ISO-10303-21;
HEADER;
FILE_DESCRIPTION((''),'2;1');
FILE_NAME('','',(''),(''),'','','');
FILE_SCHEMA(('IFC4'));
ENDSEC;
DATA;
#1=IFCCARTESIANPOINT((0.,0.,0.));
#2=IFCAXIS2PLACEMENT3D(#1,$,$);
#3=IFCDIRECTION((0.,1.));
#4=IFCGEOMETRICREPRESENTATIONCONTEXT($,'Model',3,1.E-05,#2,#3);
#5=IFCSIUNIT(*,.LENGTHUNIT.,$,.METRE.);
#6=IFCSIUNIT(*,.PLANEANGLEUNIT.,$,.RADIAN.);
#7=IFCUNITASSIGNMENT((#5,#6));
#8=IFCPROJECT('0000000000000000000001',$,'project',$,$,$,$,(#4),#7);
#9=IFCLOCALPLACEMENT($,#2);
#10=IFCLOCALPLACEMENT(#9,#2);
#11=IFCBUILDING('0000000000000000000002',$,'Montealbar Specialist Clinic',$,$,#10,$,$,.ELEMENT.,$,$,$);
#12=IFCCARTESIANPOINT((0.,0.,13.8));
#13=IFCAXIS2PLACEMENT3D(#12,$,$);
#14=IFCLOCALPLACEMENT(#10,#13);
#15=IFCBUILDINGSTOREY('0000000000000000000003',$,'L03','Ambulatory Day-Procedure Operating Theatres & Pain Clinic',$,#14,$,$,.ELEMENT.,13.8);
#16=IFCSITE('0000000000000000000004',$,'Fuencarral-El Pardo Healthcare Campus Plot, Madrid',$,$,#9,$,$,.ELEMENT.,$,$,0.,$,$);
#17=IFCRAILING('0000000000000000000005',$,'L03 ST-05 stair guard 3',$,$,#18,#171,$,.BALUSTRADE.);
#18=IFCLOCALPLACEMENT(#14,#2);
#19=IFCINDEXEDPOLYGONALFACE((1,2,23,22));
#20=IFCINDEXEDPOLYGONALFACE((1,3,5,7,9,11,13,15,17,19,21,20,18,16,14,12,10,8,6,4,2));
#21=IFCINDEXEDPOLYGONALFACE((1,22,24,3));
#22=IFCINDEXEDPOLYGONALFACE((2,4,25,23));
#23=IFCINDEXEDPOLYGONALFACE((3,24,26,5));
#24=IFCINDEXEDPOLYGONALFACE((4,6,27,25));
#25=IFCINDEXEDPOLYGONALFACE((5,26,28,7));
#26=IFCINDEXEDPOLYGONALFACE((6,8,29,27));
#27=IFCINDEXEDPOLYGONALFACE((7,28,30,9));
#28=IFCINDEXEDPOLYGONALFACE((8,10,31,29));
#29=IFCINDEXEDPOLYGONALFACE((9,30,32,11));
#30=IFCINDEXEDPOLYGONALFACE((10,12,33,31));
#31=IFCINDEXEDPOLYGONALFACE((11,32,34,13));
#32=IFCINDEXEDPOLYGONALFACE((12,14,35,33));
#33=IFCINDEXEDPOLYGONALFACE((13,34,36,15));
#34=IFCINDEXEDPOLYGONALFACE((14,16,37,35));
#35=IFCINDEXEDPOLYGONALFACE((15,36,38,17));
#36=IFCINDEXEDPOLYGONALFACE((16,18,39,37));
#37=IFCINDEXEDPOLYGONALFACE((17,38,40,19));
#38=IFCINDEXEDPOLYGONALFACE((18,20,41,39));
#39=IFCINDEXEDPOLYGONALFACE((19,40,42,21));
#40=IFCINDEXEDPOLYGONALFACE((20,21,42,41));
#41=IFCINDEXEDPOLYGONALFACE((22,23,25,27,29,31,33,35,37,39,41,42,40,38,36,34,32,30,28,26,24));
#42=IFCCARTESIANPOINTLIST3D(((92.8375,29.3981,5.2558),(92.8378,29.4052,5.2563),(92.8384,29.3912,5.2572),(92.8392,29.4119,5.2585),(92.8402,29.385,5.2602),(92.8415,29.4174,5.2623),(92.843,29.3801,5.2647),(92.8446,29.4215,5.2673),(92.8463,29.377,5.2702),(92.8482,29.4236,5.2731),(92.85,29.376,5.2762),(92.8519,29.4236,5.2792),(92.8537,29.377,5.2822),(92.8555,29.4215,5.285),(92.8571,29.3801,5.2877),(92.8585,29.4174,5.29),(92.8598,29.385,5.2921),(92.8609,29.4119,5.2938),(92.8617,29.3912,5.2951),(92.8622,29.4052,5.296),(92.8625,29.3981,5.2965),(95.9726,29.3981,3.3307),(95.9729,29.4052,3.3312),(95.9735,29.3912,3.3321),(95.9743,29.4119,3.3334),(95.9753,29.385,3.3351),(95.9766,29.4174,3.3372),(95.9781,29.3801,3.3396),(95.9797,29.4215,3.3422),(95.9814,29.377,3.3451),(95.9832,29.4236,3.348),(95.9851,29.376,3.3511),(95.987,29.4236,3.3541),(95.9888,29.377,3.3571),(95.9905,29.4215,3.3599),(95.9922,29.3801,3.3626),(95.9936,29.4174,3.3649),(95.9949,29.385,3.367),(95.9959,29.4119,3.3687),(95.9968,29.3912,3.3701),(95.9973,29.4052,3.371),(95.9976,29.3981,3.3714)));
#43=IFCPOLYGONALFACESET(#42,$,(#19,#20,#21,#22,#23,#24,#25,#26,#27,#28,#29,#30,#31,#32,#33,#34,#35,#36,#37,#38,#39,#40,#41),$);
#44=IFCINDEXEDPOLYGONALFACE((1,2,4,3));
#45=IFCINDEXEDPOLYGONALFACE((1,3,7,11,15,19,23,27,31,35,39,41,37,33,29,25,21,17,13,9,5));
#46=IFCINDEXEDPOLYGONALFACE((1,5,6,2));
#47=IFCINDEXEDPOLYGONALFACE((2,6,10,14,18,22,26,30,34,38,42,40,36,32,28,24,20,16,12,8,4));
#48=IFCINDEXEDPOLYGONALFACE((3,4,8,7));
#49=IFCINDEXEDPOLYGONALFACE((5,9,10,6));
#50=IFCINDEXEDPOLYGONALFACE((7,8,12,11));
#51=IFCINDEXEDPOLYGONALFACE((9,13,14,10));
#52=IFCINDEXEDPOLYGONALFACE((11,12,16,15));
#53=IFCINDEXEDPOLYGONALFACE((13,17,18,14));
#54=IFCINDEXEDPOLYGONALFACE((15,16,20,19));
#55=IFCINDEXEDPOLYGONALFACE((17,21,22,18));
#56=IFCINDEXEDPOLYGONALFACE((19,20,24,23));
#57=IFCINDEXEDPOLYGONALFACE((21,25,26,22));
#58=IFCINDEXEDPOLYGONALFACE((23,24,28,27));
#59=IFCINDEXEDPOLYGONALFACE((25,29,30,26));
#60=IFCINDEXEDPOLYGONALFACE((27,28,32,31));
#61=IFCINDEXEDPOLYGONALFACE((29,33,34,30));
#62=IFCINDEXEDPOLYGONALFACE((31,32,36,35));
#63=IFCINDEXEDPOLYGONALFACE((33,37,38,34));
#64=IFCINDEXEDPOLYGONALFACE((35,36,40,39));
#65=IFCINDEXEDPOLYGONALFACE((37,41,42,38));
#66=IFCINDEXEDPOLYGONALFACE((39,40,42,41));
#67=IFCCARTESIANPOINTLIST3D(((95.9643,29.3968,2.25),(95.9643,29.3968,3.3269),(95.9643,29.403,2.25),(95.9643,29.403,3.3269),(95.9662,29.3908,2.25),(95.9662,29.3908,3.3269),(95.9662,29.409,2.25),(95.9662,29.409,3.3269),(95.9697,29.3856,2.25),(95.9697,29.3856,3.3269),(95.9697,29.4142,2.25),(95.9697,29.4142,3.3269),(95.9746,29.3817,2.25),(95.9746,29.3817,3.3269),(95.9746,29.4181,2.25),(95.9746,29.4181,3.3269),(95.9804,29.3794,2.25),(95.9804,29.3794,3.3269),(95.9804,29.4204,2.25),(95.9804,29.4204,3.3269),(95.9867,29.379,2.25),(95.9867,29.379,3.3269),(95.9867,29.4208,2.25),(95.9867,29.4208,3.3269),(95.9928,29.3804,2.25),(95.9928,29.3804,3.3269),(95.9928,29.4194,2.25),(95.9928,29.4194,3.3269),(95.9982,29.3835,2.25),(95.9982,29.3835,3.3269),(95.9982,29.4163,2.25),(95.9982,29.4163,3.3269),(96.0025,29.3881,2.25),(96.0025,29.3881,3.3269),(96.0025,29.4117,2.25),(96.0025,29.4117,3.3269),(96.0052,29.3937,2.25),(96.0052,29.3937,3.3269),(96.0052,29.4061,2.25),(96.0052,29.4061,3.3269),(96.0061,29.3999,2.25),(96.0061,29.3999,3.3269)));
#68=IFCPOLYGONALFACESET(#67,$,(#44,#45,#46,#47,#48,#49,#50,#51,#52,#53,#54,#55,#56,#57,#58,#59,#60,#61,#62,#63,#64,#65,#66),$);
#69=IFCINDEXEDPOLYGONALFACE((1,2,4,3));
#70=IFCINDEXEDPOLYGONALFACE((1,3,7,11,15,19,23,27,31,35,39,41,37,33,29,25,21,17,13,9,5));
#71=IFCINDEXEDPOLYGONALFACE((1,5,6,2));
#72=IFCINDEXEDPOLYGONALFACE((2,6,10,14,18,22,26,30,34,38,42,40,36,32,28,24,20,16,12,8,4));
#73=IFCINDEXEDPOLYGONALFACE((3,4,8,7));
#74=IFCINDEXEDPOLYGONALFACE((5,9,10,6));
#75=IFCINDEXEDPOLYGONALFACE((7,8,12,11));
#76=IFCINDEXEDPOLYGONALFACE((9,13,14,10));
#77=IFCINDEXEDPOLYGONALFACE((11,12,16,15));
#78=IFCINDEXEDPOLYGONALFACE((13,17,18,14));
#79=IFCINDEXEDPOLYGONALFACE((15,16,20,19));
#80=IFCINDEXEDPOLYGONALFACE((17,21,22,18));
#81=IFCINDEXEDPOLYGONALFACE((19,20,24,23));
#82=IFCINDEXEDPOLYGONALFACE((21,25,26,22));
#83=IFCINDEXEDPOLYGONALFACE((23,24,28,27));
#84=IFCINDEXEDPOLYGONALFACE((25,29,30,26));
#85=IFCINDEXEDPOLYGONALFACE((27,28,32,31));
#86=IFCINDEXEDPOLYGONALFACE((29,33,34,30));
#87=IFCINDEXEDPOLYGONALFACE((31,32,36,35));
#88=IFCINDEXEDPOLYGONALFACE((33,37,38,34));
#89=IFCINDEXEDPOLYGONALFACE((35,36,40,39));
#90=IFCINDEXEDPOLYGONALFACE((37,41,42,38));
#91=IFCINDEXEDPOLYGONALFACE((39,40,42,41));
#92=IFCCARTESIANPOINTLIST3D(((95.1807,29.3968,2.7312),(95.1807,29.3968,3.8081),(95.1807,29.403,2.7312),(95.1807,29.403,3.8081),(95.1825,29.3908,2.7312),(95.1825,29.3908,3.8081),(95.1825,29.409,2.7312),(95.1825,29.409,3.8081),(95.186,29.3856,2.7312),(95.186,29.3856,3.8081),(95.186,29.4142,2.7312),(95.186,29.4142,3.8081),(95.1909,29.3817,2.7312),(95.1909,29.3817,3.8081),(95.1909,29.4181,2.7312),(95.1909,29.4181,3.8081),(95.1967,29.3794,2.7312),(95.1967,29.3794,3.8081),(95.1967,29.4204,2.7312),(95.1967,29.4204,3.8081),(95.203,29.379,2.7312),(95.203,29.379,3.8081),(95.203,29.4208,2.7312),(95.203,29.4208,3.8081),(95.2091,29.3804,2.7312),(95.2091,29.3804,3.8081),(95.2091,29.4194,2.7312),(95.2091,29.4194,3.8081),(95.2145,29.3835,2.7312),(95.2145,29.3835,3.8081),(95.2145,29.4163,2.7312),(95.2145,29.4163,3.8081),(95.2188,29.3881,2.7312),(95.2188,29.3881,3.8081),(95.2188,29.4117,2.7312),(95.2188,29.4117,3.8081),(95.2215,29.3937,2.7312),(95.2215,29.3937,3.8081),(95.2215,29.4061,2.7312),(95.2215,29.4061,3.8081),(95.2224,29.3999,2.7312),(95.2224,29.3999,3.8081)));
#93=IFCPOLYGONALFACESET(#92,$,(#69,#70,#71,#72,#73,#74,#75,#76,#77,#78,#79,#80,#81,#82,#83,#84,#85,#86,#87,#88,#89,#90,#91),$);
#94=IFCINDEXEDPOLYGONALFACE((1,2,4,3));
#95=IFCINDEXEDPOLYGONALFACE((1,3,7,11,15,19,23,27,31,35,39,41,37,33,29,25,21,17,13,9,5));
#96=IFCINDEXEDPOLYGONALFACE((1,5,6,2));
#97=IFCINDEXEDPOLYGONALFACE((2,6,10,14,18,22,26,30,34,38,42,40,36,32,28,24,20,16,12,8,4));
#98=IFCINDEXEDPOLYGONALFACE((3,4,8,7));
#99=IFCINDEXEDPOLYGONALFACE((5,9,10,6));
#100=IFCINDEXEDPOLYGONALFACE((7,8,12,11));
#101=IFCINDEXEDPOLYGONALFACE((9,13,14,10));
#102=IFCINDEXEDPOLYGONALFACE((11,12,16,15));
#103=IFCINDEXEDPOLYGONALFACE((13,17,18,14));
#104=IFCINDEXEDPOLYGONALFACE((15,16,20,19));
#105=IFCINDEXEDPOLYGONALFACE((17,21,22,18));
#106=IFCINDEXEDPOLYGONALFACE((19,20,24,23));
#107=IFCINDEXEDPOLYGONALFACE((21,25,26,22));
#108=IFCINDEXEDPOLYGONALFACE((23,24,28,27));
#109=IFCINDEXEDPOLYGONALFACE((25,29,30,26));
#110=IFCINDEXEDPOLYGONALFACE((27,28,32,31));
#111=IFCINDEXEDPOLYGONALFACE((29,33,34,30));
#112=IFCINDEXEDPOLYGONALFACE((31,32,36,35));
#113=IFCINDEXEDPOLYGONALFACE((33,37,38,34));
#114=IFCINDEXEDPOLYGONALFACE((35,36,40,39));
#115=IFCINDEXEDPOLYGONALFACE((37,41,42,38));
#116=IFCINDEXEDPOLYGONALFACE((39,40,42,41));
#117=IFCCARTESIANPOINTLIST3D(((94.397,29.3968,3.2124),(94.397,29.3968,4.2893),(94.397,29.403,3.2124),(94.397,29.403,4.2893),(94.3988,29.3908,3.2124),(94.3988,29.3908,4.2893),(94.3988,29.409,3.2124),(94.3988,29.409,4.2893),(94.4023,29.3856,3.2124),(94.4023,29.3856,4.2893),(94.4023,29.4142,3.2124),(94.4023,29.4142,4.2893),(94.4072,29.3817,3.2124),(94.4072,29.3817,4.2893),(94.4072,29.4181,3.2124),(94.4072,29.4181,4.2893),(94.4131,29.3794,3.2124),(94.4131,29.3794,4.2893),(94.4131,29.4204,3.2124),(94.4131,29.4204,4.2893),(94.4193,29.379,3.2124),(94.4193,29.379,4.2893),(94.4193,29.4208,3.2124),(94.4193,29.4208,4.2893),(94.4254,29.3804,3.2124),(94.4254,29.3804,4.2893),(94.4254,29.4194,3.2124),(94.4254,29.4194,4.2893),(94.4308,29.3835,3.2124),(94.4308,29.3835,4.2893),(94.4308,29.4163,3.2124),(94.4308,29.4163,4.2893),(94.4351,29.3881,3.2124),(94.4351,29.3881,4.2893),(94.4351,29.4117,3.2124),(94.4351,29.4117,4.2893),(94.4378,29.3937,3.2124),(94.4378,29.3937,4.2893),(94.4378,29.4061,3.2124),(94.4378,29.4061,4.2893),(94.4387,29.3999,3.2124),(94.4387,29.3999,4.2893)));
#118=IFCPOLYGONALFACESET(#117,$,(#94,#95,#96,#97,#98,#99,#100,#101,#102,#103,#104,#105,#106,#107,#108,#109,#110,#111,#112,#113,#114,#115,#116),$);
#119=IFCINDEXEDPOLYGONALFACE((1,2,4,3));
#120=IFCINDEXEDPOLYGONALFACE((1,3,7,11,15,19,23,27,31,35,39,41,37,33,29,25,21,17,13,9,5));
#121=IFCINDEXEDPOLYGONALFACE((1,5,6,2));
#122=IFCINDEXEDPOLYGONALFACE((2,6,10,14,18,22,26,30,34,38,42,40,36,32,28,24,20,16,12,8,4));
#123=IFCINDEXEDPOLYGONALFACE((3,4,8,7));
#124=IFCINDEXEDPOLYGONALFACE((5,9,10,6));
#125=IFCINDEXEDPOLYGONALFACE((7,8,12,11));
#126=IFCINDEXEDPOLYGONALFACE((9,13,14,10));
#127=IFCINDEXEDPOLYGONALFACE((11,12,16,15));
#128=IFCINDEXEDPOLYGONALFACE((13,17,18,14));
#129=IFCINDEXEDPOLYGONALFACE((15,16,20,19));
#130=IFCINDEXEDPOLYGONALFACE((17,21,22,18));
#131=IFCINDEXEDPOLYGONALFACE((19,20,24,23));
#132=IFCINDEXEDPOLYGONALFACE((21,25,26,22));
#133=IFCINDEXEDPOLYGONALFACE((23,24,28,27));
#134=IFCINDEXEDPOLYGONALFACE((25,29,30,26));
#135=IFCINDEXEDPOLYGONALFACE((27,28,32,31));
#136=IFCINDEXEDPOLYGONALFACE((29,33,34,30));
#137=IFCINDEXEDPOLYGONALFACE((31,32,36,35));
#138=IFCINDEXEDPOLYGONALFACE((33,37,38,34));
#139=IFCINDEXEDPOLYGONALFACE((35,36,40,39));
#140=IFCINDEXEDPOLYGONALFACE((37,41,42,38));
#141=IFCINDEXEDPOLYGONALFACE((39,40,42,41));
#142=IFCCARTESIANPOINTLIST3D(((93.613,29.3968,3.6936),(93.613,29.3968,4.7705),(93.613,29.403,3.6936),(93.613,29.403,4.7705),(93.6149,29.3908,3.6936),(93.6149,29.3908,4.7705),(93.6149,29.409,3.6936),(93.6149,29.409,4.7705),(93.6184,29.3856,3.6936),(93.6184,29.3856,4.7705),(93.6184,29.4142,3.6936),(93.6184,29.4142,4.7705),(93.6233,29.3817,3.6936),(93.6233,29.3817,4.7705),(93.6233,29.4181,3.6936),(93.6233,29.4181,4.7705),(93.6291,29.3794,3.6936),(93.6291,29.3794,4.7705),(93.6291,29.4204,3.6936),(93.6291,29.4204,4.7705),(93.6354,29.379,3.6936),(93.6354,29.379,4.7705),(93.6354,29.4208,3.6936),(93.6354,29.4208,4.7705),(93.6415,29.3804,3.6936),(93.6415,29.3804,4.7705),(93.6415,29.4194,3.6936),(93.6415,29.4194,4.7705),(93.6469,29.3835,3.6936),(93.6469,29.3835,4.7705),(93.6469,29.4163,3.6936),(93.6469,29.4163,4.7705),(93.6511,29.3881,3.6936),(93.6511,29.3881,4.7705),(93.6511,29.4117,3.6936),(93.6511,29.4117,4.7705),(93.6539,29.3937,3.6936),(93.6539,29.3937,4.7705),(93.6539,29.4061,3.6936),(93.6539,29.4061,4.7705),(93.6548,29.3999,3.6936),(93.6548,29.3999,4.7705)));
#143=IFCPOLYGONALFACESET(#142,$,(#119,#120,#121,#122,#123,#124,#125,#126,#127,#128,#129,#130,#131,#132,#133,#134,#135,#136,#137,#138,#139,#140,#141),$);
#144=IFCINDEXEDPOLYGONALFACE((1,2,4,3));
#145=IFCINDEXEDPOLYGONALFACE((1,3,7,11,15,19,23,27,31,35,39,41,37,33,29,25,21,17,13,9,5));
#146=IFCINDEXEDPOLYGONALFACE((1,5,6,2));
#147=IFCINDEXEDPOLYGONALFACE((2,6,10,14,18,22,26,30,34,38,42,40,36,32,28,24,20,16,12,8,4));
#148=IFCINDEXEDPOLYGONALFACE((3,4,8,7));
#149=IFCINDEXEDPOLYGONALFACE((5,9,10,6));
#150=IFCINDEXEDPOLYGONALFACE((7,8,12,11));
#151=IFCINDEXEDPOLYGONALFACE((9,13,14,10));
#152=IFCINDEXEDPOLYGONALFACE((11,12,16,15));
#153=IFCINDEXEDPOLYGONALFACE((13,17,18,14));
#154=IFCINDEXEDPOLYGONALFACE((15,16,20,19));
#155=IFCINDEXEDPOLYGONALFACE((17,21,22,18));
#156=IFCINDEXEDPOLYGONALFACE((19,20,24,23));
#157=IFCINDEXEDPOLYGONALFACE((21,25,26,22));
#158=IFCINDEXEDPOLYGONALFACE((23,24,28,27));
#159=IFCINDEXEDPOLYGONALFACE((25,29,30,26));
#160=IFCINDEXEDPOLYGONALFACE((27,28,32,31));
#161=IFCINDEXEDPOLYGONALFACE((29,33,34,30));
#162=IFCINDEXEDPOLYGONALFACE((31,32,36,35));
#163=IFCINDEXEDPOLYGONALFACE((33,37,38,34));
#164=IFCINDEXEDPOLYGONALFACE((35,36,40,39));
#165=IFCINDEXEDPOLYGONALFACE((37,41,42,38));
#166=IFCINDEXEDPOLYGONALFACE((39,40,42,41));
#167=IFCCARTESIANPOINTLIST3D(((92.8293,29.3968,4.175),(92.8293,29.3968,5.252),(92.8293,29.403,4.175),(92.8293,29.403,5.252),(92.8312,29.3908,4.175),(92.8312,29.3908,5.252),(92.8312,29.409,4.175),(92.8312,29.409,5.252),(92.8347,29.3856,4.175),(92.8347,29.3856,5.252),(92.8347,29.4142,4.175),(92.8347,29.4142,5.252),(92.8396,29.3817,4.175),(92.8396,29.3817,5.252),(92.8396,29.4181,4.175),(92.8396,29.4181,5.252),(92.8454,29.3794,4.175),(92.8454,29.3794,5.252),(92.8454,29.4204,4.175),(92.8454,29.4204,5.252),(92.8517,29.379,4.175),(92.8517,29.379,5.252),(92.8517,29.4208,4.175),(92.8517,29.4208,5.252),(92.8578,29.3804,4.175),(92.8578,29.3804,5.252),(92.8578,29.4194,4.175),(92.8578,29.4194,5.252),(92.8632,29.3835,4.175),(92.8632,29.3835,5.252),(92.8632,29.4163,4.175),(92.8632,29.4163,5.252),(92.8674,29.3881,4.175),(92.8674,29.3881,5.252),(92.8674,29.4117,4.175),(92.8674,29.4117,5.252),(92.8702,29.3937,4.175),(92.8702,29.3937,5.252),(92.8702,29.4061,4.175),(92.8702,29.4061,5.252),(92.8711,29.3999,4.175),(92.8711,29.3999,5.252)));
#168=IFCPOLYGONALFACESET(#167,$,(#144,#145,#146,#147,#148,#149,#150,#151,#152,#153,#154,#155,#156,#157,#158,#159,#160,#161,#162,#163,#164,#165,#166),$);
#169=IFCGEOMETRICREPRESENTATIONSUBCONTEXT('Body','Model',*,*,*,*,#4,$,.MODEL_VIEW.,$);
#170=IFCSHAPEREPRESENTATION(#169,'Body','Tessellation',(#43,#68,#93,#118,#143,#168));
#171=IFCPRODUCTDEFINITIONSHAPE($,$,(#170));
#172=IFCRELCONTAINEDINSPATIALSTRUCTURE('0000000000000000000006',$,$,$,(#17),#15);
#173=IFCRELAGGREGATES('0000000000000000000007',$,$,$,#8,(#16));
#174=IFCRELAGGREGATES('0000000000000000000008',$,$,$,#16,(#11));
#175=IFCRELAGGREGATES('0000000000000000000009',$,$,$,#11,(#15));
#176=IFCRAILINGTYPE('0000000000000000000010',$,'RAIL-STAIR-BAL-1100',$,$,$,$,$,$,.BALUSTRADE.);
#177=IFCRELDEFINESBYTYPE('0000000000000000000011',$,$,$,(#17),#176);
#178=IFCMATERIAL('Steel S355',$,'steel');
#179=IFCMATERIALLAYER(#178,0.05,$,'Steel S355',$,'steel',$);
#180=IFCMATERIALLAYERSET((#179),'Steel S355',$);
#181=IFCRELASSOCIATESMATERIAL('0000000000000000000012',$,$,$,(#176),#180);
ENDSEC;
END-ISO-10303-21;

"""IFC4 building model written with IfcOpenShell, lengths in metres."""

from ifc_helpers import new_model, si_unit, direction, frame, origin, origin_2d, place, context, subcontext, project, spatial, circle, extrude, material, layer, layer_set, type_object, element, save


model = new_model("IFC4")

# Units and contexts
model_context = context("Model", 3, precision=1e-05, world=origin(), true_north=direction((0.0, 1.0)))
body_context = subcontext(model_context, "Body", "Model", "MODEL_VIEW")
ifc_project = project(units=[si_unit("LENGTHUNIT", "METRE"), si_unit("PLANEANGLEUNIT", "RADIAN")], contexts=[model_context])

# Site, building, storey
site_placement = place(None, origin())
site = spatial("IfcSite", under=ifc_project, at=site_placement, Name="Fuencarral-El Pardo Healthcare Campus Plot, Madrid", CompositionType="ELEMENT", RefElevation=0.0)
building_placement = place(site_placement, origin())
building = spatial("IfcBuilding", under=site, at=building_placement, Name="Montealbar Specialist Clinic", CompositionType="ELEMENT")
storey_placement = place(building_placement, frame((0.0, 0.0, 13.8)))
storey = spatial("IfcBuildingStorey", under=building, at=storey_placement, Name="L03", Description="Ambulatory Day-Procedure Operating Theatres & Pain Clinic", CompositionType="ELEMENT", Elevation=13.8)

# Shared definitions
ifc_material_1 = material(Name="Steel S355", Category="steel")

# Railing
ifc_layer_1 = layer(ifc_material_1, 0.05, Name="Steel S355", Category="steel")
ifc_layer_set_1 = layer_set([ifc_layer_1], Name="Steel S355")
railing_type_1 = type_object("IfcRailingType", Name="RAIL-STAIR-BAL-1100", PredefinedType="BALUSTRADE", material=ifc_layer_set_1)
railing_1_placement = place(storey_placement, frame((95.9851, 29.3999, 2.2749)))
element("IfcRailing", 1, at=railing_1_placement, inside=storey, type_object=railing_type_1, Name="L03 ST-05 stair guard 3", PredefinedType="BALUSTRADE", context=body_context, shape_type="SweptSolid", body=[
    extrude(circle(Radius=0.0239, at=origin_2d()), frame((0.0, 0.0, 1.0762), z_axis=(-0.852166, 0.0, 0.523271), x_axis=(0.0, -1.0, 0.0)), (0.0, 0.0, 1.0), 3.679),
    extrude(circle(Radius=0.021, at=origin_2d()), frame((0.0, 0.0, -0.0249)), (0.0, 0.0, 1.0), 1.0769),
    extrude(circle(Radius=0.021, at=origin_2d()), frame((-0.7837, 0.0, 0.4563)), (0.0, 0.0, 1.0), 1.0769),
    extrude(circle(Radius=0.021, at=origin_2d()), frame((-1.5674, 0.0, 0.9375)), (0.0, 0.0, 1.0), 1.0769),
    extrude(circle(Radius=0.021, at=origin_2d()), frame((-2.3513, 0.0, 1.4187)), (0.0, 0.0, 1.0), 1.0769),
    extrude(circle(Radius=0.021, at=origin_2d()), frame((-3.135, 0.0, 1.9001)), (0.0, 0.0, 1.0), 1.0769),
])

save(model, "model.ifc")
